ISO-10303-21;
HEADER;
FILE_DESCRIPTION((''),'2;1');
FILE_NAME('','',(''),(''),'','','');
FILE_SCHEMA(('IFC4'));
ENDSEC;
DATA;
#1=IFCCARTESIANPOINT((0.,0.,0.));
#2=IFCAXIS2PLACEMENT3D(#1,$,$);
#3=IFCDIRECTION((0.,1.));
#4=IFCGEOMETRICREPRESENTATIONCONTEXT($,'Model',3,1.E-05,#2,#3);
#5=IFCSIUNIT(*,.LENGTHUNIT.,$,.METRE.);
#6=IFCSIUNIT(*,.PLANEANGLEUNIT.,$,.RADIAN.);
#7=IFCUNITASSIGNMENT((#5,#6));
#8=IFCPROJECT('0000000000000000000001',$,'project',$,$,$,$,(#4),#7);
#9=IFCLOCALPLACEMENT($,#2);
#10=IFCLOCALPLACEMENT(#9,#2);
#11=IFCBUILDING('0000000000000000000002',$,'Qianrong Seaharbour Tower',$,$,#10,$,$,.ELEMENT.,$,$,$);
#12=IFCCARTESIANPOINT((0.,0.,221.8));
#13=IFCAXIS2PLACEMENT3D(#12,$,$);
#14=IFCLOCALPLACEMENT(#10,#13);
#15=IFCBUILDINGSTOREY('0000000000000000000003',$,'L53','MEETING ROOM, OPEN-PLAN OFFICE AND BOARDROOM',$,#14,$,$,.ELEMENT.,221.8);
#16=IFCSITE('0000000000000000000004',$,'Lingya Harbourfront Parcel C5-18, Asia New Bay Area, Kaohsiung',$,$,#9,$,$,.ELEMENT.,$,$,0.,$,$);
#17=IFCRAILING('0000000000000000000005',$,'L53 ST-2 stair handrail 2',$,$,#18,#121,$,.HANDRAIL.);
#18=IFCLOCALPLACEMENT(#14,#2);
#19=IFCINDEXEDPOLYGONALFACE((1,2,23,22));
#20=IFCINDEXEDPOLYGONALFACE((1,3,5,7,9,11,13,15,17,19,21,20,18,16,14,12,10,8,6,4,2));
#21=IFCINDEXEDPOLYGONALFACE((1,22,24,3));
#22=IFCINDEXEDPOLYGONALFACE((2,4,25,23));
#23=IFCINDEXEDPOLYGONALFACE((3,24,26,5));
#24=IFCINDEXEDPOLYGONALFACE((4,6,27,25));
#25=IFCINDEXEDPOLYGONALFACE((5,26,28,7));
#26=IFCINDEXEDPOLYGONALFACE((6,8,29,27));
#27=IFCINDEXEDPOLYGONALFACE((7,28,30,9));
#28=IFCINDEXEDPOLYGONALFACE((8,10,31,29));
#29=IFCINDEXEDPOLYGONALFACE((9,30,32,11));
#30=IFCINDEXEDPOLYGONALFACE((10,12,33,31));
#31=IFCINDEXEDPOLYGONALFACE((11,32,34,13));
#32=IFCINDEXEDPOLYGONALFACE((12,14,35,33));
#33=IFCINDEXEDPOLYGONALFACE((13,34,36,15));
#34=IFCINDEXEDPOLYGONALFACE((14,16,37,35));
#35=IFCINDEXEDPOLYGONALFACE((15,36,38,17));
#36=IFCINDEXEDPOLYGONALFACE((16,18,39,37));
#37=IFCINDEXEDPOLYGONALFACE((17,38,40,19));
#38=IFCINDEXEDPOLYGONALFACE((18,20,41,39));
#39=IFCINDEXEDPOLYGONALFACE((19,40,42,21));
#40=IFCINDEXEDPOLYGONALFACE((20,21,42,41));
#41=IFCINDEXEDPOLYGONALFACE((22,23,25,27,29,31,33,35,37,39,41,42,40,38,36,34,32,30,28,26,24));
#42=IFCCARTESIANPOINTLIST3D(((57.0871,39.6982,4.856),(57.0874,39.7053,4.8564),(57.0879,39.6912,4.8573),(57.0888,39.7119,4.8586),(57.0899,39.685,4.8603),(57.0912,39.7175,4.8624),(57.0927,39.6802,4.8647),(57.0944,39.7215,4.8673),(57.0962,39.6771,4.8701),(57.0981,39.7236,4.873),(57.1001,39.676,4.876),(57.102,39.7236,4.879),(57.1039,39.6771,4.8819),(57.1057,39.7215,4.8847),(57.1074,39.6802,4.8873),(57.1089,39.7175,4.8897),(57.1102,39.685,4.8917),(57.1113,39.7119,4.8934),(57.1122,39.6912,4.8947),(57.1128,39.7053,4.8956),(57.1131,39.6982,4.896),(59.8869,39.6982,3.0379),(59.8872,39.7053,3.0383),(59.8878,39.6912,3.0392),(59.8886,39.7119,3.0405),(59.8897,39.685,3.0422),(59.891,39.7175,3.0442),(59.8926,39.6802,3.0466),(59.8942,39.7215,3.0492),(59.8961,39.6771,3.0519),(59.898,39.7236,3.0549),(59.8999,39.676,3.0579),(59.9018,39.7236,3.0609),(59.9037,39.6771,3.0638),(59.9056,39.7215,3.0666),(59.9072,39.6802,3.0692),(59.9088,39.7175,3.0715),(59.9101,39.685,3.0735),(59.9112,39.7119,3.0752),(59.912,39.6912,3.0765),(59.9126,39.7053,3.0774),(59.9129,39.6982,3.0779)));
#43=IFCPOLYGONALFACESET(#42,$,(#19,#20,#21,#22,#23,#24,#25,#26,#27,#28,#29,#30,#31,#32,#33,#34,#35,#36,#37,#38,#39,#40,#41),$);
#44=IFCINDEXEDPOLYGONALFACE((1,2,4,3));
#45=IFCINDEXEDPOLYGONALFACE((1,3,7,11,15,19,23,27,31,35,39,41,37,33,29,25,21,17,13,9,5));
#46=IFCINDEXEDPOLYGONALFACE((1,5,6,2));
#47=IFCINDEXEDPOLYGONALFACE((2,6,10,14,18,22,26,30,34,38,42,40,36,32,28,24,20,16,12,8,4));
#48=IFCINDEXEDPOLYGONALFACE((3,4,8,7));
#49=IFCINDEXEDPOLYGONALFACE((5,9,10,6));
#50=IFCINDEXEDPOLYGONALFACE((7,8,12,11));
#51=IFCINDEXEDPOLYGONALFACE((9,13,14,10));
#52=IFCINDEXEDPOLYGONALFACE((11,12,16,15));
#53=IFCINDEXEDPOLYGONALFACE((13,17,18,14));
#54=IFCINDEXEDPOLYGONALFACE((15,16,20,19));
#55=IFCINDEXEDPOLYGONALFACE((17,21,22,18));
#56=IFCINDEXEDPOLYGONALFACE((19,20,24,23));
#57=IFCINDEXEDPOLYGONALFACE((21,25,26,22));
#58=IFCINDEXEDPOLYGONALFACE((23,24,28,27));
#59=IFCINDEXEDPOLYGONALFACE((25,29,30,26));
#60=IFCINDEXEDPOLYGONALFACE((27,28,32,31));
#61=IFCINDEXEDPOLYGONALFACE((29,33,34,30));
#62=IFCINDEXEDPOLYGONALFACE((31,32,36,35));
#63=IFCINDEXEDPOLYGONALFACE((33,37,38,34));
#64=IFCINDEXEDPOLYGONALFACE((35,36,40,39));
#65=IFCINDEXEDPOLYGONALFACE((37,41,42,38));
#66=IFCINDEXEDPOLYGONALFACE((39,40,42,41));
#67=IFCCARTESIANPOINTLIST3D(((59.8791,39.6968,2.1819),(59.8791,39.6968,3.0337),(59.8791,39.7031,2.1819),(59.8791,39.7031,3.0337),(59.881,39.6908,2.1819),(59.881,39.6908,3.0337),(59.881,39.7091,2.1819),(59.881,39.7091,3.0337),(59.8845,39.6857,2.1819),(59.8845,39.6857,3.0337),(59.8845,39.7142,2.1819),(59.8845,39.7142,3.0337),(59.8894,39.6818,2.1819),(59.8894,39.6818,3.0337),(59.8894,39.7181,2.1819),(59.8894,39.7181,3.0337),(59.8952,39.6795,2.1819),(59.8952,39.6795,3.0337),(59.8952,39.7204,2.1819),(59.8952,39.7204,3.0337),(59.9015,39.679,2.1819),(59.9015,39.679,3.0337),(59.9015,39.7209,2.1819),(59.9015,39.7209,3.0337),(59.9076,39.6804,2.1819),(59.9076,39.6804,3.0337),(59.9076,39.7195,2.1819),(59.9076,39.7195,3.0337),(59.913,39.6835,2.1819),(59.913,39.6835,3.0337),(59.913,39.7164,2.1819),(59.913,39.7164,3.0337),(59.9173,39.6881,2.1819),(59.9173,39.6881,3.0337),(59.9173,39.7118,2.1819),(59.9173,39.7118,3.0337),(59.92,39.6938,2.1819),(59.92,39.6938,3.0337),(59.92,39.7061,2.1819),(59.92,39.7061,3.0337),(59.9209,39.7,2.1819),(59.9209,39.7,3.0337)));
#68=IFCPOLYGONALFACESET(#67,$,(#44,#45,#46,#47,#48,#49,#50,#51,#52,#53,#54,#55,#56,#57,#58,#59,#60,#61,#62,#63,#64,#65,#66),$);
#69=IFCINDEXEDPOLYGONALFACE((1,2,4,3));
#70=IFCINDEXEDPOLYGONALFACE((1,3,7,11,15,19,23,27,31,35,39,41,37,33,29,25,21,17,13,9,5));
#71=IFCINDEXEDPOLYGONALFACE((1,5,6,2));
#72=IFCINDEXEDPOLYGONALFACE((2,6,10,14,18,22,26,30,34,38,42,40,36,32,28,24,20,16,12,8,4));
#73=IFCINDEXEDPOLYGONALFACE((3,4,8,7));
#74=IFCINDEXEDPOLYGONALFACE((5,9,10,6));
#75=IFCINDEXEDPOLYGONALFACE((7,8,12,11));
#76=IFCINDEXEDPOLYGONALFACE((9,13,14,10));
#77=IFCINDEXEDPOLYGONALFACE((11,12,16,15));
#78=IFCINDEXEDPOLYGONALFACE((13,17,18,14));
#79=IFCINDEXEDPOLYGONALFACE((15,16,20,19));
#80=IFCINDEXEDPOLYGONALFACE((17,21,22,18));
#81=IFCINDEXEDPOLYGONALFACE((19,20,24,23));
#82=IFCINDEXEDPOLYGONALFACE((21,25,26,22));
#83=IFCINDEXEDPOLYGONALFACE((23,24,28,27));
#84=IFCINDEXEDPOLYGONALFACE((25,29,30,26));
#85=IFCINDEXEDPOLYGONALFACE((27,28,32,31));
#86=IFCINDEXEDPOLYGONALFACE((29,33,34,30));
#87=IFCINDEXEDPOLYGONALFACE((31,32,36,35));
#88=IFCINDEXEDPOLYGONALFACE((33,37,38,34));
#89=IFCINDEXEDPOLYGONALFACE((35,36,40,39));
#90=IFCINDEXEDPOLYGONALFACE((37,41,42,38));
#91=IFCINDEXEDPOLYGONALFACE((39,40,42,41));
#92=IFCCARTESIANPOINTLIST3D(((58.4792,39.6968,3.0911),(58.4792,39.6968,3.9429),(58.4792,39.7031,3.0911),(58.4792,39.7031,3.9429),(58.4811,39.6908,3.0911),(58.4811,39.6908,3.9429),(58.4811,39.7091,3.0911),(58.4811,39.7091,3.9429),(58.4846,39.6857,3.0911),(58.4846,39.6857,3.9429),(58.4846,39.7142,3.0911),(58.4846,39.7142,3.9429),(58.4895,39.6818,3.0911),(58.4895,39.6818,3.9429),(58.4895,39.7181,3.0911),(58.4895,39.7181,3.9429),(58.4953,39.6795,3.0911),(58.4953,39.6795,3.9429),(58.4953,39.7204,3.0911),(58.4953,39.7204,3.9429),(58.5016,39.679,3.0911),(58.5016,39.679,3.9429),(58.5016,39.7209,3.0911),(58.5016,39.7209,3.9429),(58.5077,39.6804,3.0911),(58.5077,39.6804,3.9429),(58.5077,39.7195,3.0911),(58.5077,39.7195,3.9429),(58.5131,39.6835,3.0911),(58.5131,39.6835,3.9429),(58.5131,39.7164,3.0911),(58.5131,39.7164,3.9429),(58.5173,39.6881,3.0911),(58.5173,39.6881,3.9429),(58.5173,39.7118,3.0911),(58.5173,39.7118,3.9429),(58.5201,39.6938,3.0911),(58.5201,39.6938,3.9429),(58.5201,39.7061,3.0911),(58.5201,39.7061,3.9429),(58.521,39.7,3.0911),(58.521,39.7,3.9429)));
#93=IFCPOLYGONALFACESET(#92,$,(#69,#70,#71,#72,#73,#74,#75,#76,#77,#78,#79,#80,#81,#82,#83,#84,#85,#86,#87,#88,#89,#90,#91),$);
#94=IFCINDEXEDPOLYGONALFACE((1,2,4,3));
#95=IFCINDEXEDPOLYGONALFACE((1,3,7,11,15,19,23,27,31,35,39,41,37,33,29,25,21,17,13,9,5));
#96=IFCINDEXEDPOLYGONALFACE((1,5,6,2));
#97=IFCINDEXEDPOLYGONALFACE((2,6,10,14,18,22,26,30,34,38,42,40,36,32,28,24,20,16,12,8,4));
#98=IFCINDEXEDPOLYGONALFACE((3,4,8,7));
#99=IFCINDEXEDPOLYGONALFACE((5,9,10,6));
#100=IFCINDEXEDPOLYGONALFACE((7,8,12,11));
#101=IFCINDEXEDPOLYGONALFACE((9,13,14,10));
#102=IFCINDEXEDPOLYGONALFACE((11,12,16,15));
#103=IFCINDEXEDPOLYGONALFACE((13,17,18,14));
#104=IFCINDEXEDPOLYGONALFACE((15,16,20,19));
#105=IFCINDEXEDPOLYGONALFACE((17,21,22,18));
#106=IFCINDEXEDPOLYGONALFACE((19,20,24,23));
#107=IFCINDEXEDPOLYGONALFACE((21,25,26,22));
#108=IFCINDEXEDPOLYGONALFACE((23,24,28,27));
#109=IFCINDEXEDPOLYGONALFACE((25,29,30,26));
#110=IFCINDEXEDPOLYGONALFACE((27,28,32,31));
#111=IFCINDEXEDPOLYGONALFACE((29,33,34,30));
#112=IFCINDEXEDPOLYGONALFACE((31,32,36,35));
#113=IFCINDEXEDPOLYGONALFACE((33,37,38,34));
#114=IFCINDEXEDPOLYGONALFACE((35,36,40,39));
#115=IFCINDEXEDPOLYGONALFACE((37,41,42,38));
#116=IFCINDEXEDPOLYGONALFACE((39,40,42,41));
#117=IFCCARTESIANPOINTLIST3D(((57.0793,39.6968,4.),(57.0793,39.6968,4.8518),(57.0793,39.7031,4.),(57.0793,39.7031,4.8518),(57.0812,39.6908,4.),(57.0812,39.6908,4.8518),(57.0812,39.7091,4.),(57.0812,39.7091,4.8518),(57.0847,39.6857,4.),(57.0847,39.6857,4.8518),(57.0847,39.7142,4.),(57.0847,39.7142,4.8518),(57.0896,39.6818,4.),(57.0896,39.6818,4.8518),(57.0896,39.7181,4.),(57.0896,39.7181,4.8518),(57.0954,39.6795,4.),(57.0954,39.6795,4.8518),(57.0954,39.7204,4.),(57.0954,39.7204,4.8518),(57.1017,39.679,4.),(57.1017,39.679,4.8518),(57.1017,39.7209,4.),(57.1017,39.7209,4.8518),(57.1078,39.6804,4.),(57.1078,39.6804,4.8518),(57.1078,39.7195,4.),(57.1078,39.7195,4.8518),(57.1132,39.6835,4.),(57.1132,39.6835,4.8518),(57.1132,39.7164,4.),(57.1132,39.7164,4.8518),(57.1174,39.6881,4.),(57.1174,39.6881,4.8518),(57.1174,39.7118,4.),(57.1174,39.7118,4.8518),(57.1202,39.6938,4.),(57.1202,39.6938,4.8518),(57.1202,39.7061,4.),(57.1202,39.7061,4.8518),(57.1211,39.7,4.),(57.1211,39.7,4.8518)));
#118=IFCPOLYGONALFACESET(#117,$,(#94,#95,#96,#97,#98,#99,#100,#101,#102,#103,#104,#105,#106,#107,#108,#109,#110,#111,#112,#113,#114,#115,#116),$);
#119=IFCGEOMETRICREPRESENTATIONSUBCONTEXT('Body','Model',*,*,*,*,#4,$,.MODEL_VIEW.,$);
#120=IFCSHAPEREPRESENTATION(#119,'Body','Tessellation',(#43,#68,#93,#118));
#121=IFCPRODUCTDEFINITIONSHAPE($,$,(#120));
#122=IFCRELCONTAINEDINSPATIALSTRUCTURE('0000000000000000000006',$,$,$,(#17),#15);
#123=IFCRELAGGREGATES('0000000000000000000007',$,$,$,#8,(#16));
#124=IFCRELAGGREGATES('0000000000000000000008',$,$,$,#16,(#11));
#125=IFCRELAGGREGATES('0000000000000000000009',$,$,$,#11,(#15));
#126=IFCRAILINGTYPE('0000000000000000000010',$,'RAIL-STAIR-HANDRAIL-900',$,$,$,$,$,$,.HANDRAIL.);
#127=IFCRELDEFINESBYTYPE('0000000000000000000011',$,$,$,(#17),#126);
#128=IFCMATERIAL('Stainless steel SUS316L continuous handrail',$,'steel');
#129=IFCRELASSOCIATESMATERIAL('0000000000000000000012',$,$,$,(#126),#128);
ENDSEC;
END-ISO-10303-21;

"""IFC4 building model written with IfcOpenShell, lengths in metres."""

from ifc_helpers import new_model, si_unit, direction, frame, origin, origin_2d, place, context, subcontext, project, spatial, circle, extrude, material, type_object, element, save


model = new_model("IFC4")

# Units and contexts
model_context = context("Model", 3, precision=1e-05, world=origin(), true_north=direction((0.0, 1.0)))
body_context = subcontext(model_context, "Body", "Model", "MODEL_VIEW")
ifc_project = project(units=[si_unit("LENGTHUNIT", "METRE"), si_unit("PLANEANGLEUNIT", "RADIAN")], contexts=[model_context])

# Site, building, storey
site_placement = place(None, origin())
site = spatial("IfcSite", under=ifc_project, at=site_placement, Name="Lingya Harbourfront Parcel C5-18, Asia New Bay Area, Kaohsiung", CompositionType="ELEMENT", RefElevation=0.0)
building_placement = place(site_placement, origin())
building = spatial("IfcBuilding", under=site, at=building_placement, Name="Qianrong Seaharbour Tower", CompositionType="ELEMENT")
storey_placement = place(building_placement, frame((0.0, 0.0, 221.8)))
storey = spatial("IfcBuildingStorey", under=building, at=storey_placement, Name="L53", Description="MEETING ROOM, OPEN-PLAN OFFICE AND BOARDROOM", CompositionType="ELEMENT", Elevation=221.8)

# Railing
ifc_material_1 = material(Name="Stainless steel SUS316L continuous handrail", Category="steel")
railing_type_1 = type_object("IfcRailingType", Name="RAIL-STAIR-HANDRAIL-900", PredefinedType="HANDRAIL", material=ifc_material_1)
railing_1_placement = place(storey_placement, frame((59.8999, 39.7, 2.1819)))
element("IfcRailing", 1, at=railing_1_placement, inside=storey, type_object=railing_type_1, Name="L53 ST-2 stair handrail 2", PredefinedType="HANDRAIL", context=body_context, shape_type="SweptSolid", body=[
    extrude(circle(Radius=0.0239, at=origin_2d()), frame((0.0, 0.0, 0.876), z_axis=(-0.838684, 0.0, 0.544618), x_axis=(0.0, -1.0, 0.0)), (0.0, 0.0, 1.0), 3.3384),
    extrude(circle(Radius=0.021, at=origin_2d()), origin(), (0.0, 0.0, 1.0), 0.8518),
    extrude(circle(Radius=0.021, at=origin_2d()), frame((-1.3999, 0.0, 0.9092)), (0.0, 0.0, 1.0), 0.8518),
    extrude(circle(Radius=0.021, at=origin_2d()), frame((-2.7998, 0.0, 1.8181)), (0.0, 0.0, 1.0), 0.8518),
])

save(model, "model.ifc")
